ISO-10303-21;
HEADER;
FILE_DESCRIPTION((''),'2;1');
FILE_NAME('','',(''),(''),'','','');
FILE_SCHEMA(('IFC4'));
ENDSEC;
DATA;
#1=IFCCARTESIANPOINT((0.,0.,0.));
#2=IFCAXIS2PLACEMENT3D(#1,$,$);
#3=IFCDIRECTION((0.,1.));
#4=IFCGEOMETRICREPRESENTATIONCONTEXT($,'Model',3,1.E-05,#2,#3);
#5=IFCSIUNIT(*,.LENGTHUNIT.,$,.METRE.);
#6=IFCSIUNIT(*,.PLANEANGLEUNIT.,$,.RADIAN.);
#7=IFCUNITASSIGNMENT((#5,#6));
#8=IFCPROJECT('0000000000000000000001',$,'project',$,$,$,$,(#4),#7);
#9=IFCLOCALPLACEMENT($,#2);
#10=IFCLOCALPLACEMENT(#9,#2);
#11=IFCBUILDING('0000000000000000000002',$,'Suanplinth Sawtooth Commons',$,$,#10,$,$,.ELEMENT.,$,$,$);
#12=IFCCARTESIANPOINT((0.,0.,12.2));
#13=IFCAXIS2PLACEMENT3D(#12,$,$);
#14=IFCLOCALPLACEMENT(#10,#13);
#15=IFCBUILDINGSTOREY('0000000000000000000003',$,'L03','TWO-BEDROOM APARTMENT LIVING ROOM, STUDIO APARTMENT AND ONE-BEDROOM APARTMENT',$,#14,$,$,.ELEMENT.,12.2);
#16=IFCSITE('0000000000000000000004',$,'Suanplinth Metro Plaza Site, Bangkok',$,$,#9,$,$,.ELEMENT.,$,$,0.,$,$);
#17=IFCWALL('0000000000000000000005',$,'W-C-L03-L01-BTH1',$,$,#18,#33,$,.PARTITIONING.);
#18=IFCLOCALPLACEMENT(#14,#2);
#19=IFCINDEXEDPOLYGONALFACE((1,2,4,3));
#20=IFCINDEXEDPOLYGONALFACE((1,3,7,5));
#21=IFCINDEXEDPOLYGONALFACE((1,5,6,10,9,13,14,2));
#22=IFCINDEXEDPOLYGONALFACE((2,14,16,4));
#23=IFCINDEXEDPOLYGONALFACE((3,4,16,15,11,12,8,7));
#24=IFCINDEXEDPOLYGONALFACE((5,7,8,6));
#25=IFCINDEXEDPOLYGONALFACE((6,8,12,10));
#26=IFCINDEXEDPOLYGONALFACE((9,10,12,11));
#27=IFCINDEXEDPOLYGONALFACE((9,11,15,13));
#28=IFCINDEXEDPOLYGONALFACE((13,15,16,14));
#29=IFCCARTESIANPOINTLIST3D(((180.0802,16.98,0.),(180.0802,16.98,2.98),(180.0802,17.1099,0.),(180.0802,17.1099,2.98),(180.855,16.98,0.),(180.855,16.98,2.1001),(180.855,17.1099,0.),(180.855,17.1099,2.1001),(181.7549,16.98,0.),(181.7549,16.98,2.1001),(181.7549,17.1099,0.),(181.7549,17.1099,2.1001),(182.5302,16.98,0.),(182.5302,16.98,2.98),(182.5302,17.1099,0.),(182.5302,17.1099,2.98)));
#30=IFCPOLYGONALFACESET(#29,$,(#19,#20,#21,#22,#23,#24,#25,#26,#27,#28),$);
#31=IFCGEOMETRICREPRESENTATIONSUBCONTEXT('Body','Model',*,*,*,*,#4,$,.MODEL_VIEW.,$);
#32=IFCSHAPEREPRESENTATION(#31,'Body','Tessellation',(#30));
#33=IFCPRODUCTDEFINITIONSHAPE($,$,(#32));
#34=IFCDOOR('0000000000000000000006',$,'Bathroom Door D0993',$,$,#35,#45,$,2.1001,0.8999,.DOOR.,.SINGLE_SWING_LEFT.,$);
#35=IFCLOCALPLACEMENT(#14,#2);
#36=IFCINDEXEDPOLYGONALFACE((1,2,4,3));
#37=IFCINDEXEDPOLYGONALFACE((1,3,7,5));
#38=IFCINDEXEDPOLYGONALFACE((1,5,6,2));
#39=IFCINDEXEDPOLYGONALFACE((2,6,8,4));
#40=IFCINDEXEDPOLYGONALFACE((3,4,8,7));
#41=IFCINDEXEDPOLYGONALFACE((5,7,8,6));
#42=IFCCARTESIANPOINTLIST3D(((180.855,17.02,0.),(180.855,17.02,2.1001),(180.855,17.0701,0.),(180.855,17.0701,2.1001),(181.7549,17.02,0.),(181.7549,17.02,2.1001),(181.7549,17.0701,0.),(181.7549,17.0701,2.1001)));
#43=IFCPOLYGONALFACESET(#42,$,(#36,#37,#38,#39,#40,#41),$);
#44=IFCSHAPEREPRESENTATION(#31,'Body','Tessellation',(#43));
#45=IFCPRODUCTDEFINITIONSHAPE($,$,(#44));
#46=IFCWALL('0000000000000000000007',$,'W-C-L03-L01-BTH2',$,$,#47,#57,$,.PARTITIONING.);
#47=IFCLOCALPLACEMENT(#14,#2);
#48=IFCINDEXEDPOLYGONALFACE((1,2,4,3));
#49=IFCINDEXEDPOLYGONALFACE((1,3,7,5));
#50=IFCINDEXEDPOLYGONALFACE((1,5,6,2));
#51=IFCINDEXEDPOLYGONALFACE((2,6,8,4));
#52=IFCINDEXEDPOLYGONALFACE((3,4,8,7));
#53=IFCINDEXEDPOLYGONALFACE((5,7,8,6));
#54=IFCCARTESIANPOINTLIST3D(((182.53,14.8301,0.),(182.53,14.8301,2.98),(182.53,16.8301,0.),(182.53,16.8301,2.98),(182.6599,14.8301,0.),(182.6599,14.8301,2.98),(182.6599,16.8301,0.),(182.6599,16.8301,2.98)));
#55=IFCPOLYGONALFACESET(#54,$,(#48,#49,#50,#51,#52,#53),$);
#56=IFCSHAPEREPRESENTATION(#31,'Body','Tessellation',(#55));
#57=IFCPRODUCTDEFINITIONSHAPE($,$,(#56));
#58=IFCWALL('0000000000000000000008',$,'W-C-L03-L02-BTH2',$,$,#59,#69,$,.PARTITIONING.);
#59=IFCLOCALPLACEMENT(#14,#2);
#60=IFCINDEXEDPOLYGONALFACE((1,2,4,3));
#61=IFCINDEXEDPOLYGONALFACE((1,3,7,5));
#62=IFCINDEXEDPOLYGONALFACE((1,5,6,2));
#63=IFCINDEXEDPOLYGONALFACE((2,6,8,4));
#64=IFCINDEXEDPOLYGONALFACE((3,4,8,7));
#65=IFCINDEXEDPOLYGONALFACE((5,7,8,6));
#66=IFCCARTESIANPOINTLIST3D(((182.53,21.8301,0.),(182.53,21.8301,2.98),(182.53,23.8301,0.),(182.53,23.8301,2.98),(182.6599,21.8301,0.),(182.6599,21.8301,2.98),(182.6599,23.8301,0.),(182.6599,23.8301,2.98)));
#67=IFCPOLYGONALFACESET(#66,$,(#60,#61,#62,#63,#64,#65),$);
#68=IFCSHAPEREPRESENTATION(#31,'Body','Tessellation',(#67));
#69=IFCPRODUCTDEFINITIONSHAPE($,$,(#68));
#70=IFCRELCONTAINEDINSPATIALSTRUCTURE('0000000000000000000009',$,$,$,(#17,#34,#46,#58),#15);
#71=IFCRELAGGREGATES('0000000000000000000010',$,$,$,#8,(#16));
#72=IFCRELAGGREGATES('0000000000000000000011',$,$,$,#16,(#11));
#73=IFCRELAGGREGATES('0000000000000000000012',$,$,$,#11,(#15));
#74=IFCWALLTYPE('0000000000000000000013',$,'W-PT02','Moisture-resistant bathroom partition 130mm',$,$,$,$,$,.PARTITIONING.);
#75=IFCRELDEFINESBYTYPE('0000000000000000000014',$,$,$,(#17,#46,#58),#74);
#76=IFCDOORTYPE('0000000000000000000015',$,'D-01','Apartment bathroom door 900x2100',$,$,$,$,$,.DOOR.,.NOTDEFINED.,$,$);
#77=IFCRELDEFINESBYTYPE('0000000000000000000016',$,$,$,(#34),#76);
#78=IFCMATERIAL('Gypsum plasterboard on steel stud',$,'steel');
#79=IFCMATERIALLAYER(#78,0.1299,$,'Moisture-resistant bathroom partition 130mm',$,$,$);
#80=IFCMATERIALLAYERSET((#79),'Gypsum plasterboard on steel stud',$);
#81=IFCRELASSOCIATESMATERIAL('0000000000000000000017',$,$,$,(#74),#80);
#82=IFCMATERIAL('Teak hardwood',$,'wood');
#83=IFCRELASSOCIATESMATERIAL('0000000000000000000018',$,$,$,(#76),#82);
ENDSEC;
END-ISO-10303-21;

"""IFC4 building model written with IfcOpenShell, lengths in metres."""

from ifc_helpers import new_model, si_unit, direction, frame, frame_2d, origin, place, context, subcontext, project, spatial, rectangle, extrude, material, layer, layer_set, type_object, element, fill, save


model = new_model("IFC4")

# Units and contexts
model_context = context("Model", 3, precision=1e-05, world=origin(), true_north=direction((0.0, 1.0)))
body_context = subcontext(model_context, "Body", "Model", "MODEL_VIEW")
ifc_project = project(units=[si_unit("LENGTHUNIT", "METRE"), si_unit("PLANEANGLEUNIT", "RADIAN")], contexts=[model_context])

# Site, building, storey
site_placement = place(None, origin())
site = spatial("IfcSite", under=ifc_project, at=site_placement, Name="Suanplinth Metro Plaza Site, Bangkok", CompositionType="ELEMENT", RefElevation=0.0)
building_placement = place(site_placement, origin())
building = spatial("IfcBuilding", under=site, at=building_placement, Name="Suanplinth Sawtooth Commons", CompositionType="ELEMENT")
storey_placement = place(building_placement, frame((0.0, 0.0, 12.2)))
storey = spatial("IfcBuildingStorey", under=building, at=storey_placement, Name="L03", Description="TWO-BEDROOM APARTMENT LIVING ROOM, STUDIO APARTMENT AND ONE-BEDROOM APARTMENT", CompositionType="ELEMENT", Elevation=12.2)

# Shared definitions
ifc_material_1 = material(Name="Teak hardwood", Category="wood")

# Wall, opening, door
ifc_material_2 = material(Name="Gypsum plasterboard on steel stud", Category="steel")
ifc_layer_1 = layer(ifc_material_2, 0.1299, Name="Moisture-resistant bathroom partition 130mm")
ifc_layer_set_1 = layer_set([ifc_layer_1], Name="Gypsum plasterboard on steel stud")
wall_type_1 = type_object("IfcWallType", Name="W-PT02", Description="Moisture-resistant bathroom partition 130mm", PredefinedType="PARTITIONING", material=ifc_layer_set_1)
wall_1_placement = place(storey_placement, frame((180.0801, 17.0449, 0.0), z_axis=(0.0, 0.0, 1.0), x_axis=(1.0, 0.0, 0.0)))
wall_1 = element("IfcWall", 1, at=wall_1_placement, inside=storey, type_object=wall_type_1, Name="W-C-L03-L01-BTH1", PredefinedType="PARTITIONING", context=body_context, shape_type="SweptSolid", body=[
    extrude(rectangle(XDim=2.45, YDim=0.1299, at=frame_2d((1.2251, 0.0))), origin(), (0.0, 0.0, 1.0), 2.98),
])
opening_1_placement = place(wall_1_placement, frame((0.7749, 0.0, 0.0)))
opening_1 = element("IfcOpeningElement", 2, at=opening_1_placement, cuts=wall_1, PredefinedType="OPENING", context=body_context, shape_type="SweptSolid", body=[
    extrude(rectangle(XDim=0.8999, YDim=2.1001, at=frame_2d((0.45, 1.05))), frame((0.0, 0.0798, 0.0), z_axis=(0.0, -1.0, 0.0), x_axis=(1.0, 0.0, 0.0)), (0.0, 0.0, 1.0), 0.1597),
])
door_type_1 = type_object("IfcDoorType", Name="D-01", Description="Apartment bathroom door 900x2100", OperationType="NOTDEFINED", PredefinedType="DOOR", material=ifc_material_1)
door_1_placement = place(opening_1_placement, frame((0.8999, 0.0, 0.0), z_axis=(0.0, 0.0, 1.0), x_axis=(-1.0, 0.0, 0.0)))
door_1 = element("IfcDoor", 3, at=door_1_placement, inside=storey, type_object=door_type_1, Name="Bathroom Door D0993", OperationType="SINGLE_SWING_LEFT", OverallHeight=2.1001, OverallWidth=0.8999, PredefinedType="DOOR", context=body_context, shape_type="SweptSolid", body=[
    extrude(rectangle(XDim=0.8999, YDim=2.1001, at=frame_2d((0.45, 1.05))), frame((0.0, 0.0249, 0.0), z_axis=(0.0, -1.0, 0.0), x_axis=(1.0, 0.0, 0.0)), (0.0, 0.0, 1.0), 0.05),
])
fill(opening_1, door_1)

# Walls
for number, where, z_axis, x_axis, name in (
    (4, (182.595, 14.8301, 0.0), (0.0, 0.0, 1.0), (0.0, 1.0, 0.0), "W-C-L03-L01-BTH2"),
    (5, (182.595, 21.8301, 0.0), (0.0, 0.0, 1.0), (0.0, 1.0, 0.0), "W-C-L03-L02-BTH2"),
):
    element("IfcWall", number, at=place(storey_placement, frame(where, z_axis=z_axis, x_axis=x_axis)), inside=storey, type_object=wall_type_1, Name=name, PredefinedType="PARTITIONING", context=body_context, shape_type="SweptSolid", body=[
        extrude(rectangle(XDim=2.0, YDim=0.1299, at=frame_2d((1.0, 0.0))), origin(), (0.0, 0.0, 1.0), 2.98),
    ])

save(model, "model.ifc")
